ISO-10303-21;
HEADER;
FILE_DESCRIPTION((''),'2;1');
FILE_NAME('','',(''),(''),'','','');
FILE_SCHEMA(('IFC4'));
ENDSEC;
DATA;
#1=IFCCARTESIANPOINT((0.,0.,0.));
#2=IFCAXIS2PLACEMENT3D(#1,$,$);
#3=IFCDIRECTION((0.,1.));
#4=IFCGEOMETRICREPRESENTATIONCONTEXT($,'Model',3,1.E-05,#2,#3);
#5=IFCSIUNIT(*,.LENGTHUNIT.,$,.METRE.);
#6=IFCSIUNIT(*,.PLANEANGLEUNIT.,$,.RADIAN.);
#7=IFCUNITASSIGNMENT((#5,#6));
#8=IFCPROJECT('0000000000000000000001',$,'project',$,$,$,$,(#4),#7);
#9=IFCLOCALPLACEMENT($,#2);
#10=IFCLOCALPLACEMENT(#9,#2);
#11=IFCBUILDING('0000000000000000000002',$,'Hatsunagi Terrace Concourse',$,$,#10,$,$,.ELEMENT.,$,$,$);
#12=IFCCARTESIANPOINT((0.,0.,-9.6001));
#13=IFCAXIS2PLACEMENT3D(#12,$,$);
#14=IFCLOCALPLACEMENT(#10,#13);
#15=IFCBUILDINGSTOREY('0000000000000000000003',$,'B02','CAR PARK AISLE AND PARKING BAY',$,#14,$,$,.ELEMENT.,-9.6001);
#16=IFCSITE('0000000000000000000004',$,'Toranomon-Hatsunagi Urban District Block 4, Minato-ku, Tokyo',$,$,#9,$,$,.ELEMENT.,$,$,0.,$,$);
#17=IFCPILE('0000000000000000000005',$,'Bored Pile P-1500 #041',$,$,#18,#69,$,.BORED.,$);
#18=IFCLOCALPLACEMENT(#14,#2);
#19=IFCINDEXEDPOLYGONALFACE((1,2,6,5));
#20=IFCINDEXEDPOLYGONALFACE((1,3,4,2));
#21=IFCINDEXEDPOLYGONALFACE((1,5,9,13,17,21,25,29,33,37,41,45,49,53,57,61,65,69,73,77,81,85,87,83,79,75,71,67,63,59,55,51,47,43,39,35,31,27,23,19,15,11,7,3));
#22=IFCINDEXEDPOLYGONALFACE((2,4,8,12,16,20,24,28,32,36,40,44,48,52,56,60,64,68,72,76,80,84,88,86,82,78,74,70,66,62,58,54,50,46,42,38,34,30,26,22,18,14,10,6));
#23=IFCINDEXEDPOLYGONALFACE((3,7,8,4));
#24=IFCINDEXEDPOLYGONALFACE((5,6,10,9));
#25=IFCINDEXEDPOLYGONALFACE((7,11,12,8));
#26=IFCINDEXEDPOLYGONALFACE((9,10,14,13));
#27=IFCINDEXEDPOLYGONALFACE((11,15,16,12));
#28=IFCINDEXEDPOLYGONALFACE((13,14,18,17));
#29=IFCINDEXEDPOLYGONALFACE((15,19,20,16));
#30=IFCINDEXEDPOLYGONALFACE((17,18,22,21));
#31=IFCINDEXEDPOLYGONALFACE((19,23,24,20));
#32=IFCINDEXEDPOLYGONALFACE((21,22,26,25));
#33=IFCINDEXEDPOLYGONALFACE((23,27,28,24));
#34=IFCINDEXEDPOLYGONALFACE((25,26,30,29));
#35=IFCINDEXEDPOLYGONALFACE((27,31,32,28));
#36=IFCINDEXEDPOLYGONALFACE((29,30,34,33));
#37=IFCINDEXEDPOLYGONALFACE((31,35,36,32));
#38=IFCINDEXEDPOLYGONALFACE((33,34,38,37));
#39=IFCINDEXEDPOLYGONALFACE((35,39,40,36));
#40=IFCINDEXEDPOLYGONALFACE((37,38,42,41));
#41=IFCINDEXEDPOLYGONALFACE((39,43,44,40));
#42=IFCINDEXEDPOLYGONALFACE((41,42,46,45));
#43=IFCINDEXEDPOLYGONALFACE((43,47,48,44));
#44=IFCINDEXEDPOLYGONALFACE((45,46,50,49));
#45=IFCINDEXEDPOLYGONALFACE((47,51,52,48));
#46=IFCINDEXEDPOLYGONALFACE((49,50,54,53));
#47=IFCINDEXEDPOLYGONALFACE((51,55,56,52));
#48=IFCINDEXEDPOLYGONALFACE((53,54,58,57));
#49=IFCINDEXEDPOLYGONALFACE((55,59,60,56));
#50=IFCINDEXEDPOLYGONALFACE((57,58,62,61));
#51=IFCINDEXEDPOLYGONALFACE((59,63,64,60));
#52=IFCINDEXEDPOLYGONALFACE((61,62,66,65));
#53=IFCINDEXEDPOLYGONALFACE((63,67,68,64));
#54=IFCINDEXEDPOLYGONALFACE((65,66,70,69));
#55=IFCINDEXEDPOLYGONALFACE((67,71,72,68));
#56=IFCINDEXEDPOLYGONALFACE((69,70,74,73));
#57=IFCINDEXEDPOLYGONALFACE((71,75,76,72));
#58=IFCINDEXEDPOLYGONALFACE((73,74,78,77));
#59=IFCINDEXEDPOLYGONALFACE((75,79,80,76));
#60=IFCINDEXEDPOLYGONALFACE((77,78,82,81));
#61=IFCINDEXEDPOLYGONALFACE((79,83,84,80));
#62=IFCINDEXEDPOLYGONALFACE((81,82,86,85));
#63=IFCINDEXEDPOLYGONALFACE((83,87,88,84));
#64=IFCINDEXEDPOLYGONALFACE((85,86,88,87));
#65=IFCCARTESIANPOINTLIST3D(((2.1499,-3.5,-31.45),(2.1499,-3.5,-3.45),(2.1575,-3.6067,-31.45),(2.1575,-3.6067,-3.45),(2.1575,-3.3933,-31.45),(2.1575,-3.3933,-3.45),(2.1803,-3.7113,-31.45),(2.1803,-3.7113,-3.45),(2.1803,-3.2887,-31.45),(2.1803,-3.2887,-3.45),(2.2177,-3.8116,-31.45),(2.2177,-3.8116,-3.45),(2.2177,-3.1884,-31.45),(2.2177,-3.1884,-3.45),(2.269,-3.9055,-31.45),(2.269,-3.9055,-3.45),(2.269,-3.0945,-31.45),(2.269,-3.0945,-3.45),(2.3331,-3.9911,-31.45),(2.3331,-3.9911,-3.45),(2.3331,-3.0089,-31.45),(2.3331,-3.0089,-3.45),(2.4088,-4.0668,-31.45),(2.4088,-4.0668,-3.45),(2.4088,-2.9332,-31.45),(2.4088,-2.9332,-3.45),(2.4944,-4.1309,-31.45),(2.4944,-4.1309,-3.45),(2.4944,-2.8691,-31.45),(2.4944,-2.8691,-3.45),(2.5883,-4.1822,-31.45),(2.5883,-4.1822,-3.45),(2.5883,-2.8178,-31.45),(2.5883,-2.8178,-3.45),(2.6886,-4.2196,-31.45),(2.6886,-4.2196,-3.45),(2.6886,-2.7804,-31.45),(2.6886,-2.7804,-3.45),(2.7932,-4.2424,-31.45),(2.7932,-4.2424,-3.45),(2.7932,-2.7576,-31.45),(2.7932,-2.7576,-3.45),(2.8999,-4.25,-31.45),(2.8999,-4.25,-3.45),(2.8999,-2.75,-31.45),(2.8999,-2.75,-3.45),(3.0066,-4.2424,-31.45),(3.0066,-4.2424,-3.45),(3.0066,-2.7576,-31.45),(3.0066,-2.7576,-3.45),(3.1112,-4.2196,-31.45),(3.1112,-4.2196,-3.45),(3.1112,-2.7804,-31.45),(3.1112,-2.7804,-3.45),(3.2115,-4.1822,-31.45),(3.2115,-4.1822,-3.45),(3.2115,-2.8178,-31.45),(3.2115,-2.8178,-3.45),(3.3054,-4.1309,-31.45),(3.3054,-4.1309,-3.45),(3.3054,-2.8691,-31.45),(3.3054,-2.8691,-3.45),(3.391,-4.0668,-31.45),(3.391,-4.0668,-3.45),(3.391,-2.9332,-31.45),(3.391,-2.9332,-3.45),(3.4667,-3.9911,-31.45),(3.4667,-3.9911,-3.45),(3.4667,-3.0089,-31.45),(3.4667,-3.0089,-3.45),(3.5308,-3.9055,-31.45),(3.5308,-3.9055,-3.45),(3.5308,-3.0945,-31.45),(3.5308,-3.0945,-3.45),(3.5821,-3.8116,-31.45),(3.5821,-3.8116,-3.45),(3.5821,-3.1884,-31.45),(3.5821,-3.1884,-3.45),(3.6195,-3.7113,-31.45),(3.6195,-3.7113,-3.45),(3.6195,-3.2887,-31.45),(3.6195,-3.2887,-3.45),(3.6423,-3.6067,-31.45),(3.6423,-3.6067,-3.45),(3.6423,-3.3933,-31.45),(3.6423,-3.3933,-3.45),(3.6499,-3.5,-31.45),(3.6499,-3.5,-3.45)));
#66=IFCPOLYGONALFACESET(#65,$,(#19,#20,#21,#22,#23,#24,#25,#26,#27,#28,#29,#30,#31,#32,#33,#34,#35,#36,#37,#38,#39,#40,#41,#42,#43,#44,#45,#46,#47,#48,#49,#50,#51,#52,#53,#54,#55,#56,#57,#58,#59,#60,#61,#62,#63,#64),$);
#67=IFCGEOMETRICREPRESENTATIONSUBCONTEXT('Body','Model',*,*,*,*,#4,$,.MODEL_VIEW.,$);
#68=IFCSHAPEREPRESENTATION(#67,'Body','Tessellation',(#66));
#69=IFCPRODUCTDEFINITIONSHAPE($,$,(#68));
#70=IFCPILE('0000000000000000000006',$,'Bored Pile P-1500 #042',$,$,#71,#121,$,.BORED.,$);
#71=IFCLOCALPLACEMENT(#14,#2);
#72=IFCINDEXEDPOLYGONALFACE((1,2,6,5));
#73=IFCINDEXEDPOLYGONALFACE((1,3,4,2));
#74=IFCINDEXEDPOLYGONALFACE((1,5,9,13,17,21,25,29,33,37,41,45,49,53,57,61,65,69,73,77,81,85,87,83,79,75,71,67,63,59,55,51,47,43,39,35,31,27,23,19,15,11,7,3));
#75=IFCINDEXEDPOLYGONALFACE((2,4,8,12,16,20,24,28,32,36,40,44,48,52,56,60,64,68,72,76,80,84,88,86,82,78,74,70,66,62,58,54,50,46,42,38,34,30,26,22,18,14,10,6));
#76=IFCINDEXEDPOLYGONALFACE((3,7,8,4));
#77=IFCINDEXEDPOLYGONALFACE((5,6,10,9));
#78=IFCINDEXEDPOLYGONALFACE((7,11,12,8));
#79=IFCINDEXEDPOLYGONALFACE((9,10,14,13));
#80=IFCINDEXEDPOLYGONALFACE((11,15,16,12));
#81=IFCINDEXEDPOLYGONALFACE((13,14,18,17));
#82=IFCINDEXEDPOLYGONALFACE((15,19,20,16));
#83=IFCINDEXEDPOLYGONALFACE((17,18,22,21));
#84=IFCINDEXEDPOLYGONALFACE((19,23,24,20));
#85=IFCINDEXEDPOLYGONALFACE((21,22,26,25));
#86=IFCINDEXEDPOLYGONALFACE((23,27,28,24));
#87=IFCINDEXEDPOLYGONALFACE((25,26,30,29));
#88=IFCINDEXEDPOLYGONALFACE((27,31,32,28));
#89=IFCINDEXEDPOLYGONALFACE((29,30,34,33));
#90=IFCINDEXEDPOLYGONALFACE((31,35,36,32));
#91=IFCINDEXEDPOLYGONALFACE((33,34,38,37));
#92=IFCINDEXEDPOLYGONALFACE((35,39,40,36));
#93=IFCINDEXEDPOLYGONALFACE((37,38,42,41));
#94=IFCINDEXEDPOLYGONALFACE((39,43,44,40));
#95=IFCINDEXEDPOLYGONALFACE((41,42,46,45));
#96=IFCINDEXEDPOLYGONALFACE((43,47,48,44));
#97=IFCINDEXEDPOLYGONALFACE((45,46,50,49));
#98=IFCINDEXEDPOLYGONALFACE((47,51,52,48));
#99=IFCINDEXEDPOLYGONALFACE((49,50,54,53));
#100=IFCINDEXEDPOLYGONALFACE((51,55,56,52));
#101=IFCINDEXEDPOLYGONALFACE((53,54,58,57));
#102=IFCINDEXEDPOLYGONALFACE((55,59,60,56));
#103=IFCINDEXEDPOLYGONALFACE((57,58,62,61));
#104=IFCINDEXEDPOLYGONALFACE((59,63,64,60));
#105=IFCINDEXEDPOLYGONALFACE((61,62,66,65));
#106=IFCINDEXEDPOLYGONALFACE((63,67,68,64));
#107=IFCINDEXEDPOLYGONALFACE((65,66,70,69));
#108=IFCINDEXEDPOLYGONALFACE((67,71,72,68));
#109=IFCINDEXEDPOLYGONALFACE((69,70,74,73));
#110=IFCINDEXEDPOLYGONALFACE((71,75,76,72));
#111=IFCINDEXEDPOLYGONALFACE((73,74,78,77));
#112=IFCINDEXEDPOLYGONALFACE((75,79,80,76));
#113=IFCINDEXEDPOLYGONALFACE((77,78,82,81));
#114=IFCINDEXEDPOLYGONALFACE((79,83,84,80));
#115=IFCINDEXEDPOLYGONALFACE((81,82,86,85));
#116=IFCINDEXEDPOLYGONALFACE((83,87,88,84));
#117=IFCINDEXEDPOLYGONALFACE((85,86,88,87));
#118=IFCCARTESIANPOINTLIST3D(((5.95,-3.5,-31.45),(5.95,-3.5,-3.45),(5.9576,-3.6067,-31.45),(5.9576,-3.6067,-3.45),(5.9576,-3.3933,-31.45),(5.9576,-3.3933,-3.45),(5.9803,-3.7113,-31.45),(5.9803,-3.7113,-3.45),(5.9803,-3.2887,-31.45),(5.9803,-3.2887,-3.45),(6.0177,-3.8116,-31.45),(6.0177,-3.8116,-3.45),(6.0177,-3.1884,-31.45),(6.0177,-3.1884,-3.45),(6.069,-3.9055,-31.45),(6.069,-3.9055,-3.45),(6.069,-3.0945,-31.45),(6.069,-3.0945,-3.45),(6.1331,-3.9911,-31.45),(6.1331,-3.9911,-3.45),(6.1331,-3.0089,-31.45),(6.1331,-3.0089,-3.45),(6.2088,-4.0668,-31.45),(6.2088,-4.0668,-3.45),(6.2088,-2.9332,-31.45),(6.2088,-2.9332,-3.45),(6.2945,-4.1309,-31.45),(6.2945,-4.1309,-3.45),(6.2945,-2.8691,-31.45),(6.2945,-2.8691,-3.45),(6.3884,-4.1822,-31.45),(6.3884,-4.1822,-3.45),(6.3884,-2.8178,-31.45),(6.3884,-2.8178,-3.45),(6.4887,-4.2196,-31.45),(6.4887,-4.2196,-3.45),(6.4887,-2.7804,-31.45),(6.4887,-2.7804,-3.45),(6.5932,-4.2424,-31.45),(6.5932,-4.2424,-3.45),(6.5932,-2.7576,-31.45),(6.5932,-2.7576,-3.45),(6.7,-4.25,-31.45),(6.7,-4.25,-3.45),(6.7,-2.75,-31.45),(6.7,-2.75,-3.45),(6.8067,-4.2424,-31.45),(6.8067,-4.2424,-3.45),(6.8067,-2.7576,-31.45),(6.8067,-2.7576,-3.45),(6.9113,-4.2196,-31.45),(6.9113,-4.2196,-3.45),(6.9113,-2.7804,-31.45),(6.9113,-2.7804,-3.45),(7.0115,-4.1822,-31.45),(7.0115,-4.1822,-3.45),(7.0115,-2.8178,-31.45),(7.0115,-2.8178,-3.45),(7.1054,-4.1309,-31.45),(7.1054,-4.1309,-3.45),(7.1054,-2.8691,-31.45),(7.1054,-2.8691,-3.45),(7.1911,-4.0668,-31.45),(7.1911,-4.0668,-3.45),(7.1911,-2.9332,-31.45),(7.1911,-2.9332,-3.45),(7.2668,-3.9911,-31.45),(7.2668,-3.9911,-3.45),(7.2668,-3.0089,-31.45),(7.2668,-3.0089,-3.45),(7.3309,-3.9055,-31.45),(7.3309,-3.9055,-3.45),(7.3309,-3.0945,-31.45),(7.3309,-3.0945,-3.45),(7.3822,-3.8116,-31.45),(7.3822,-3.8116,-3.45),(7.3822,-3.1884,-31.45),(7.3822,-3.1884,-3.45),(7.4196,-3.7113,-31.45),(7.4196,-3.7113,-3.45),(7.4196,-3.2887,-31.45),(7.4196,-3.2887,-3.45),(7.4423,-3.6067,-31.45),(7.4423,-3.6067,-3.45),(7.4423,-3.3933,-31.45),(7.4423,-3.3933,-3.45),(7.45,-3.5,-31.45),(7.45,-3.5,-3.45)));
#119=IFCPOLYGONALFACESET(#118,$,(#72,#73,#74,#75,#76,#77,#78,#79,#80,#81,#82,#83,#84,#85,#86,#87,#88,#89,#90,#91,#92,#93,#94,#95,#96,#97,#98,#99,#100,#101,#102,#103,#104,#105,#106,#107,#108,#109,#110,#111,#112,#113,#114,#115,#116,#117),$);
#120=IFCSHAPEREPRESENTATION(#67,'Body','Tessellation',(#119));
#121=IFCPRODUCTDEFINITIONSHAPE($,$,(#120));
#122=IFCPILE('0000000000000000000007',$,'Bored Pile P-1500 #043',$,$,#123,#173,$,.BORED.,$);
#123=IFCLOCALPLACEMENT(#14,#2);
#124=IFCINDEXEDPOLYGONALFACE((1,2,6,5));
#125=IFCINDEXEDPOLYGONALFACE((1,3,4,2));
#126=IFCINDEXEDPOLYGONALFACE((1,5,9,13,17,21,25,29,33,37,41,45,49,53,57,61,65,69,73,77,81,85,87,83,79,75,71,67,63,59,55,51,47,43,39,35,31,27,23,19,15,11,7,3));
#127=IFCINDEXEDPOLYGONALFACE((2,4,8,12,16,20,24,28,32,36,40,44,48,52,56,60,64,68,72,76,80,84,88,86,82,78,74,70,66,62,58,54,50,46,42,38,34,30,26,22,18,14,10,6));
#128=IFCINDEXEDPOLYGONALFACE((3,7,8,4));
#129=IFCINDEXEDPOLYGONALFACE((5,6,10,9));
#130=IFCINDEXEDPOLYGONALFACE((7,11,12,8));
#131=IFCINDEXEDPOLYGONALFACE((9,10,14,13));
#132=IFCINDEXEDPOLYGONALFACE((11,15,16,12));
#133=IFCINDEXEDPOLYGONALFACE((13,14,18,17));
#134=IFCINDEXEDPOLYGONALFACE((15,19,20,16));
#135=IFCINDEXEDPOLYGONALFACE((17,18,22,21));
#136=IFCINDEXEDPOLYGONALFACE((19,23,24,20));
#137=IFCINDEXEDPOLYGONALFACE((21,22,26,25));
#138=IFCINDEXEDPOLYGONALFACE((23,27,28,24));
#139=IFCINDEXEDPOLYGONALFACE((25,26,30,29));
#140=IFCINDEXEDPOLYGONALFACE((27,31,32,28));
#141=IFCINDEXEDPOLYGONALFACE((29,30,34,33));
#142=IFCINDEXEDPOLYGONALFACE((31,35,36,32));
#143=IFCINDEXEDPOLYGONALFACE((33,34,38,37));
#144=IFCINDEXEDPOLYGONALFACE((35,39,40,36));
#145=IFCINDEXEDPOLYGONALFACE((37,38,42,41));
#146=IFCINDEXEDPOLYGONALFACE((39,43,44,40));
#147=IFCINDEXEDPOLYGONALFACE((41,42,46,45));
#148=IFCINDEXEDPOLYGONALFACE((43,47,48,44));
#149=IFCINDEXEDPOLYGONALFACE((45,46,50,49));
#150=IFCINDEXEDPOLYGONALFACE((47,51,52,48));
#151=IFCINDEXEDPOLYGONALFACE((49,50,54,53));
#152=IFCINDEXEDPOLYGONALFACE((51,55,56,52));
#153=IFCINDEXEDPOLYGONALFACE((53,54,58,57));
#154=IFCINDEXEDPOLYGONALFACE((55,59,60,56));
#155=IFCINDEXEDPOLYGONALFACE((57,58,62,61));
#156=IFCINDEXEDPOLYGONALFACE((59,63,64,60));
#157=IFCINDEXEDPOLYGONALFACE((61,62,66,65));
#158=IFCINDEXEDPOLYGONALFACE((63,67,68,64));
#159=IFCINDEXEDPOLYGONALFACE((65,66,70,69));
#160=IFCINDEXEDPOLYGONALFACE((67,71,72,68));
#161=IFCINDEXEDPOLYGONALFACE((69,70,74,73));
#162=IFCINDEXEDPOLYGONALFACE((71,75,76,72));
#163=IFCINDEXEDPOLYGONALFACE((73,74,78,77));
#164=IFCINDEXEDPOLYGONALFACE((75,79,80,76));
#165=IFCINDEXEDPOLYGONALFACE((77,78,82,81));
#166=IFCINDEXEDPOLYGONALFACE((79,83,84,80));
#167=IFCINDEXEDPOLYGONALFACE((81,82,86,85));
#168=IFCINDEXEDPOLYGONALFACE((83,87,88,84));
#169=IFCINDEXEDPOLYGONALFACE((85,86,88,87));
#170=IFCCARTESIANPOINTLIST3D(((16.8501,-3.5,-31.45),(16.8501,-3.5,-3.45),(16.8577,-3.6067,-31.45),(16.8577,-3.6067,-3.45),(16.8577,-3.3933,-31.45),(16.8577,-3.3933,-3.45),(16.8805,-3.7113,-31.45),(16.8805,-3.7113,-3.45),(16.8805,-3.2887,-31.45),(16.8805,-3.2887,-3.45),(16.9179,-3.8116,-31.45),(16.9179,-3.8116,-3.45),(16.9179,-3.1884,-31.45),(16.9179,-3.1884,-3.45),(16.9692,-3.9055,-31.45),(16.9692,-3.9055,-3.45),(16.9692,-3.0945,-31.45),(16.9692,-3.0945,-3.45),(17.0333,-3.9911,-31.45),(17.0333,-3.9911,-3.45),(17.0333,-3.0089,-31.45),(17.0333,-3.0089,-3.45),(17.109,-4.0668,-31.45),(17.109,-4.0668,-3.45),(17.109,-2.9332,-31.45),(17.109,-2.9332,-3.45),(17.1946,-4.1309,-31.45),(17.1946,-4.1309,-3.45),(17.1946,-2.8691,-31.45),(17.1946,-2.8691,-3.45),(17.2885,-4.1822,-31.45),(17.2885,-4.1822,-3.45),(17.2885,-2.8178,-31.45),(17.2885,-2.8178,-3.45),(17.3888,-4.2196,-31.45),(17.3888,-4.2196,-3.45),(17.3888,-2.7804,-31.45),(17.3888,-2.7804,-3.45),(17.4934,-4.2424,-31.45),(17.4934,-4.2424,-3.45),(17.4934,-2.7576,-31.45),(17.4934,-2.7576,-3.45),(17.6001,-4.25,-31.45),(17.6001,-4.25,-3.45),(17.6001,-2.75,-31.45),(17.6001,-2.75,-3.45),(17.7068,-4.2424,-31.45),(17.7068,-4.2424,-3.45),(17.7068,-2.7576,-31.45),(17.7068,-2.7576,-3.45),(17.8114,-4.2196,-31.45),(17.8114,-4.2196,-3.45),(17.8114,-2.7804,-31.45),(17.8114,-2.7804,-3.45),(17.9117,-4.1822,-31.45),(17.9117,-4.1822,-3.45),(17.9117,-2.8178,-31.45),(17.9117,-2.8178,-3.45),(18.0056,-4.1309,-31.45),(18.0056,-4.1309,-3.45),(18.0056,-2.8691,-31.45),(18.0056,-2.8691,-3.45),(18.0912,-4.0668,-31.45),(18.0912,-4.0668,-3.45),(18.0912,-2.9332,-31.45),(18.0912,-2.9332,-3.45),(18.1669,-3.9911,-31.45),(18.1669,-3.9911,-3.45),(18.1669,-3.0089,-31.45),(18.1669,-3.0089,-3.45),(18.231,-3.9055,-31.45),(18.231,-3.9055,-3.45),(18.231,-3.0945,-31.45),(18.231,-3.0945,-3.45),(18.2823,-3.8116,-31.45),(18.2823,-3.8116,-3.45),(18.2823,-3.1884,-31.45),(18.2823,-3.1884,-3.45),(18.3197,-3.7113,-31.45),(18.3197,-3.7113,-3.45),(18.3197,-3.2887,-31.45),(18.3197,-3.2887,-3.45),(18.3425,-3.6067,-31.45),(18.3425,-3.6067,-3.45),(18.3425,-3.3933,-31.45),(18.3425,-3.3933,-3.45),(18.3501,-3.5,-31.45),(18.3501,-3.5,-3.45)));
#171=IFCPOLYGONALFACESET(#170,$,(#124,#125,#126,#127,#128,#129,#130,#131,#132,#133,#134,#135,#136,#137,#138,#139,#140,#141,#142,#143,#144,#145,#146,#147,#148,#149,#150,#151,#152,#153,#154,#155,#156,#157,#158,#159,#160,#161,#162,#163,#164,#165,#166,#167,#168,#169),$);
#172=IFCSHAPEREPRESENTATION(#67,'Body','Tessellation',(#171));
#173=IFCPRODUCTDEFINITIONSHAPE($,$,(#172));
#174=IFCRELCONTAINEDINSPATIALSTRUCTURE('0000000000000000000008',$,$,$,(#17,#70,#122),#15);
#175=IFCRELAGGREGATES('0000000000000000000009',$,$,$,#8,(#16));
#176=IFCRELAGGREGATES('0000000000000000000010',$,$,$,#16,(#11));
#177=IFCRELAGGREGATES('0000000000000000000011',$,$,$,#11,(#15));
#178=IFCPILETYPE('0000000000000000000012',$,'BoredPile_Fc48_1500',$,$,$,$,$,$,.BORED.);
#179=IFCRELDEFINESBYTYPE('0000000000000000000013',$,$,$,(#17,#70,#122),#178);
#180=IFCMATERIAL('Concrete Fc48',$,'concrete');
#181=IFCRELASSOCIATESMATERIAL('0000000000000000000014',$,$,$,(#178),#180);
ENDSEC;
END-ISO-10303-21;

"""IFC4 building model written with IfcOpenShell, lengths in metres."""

from ifc_helpers import new_model, si_unit, direction, frame, origin, origin_2d, place, context, subcontext, project, spatial, circle, extrude, material, material_profile, profile_set, type_object, element, save


model = new_model("IFC4")

# Units and contexts
model_context = context("Model", 3, precision=1e-05, world=origin(), true_north=direction((0.0, 1.0)))
body_context = subcontext(model_context, "Body", "Model", "MODEL_VIEW")
ifc_project = project(units=[si_unit("LENGTHUNIT", "METRE"), si_unit("PLANEANGLEUNIT", "RADIAN")], contexts=[model_context])

# Site, building, storey
site_placement = place(None, origin())
site = spatial("IfcSite", under=ifc_project, at=site_placement, Name="Toranomon-Hatsunagi Urban District Block 4, Minato-ku, Tokyo", CompositionType="ELEMENT", RefElevation=0.0)
building_placement = place(site_placement, origin())
building = spatial("IfcBuilding", under=site, at=building_placement, Name="Hatsunagi Terrace Concourse", CompositionType="ELEMENT")
storey_placement = place(building_placement, frame((0.0, 0.0, -9.6001)))
storey = spatial("IfcBuildingStorey", under=building, at=storey_placement, Name="B02", Description="CAR PARK AISLE AND PARKING BAY", CompositionType="ELEMENT", Elevation=-9.6001)

# Piles
ifc_material_1 = material(Name="Concrete Fc48", Category="concrete")
ifc_material_profile_1 = material_profile(ifc_material_1, circle(Radius=0.75, at=origin_2d()), Name="PILE-1500")
ifc_profile_set_1 = profile_set([ifc_material_profile_1], Name="Concrete Fc48")
pile_type = type_object("IfcPileType", Name="BoredPile_Fc48_1500", PredefinedType="BORED", material=ifc_profile_set_1)
for number, where, z_axis, x_axis, name in (
    (1, (2.8999, -3.5, -3.45), (0.0, 0.0, -1.0), (1.0, 0.0, 0.0), "Bored Pile P-1500 #041"),
    (2, (6.7, -3.5, -3.45), (0.0, 0.0, -1.0), (1.0, 0.0, 0.0), "Bored Pile P-1500 #042"),
    (3, (17.6001, -3.5, -3.45), (0.0, 0.0, -1.0), (1.0, 0.0, 0.0), "Bored Pile P-1500 #043"),
):
    element("IfcPile", number, at=place(storey_placement, frame(where, z_axis=z_axis, x_axis=x_axis)), inside=storey, type_object=pile_type, Name=name, PredefinedType="BORED", context=body_context, shape_type="SweptSolid", body=[
        extrude(circle(Radius=0.75, at=origin_2d()), origin(), (0.0, 0.0, 1.0), 28.0),
    ])

save(model, "model.ifc")
